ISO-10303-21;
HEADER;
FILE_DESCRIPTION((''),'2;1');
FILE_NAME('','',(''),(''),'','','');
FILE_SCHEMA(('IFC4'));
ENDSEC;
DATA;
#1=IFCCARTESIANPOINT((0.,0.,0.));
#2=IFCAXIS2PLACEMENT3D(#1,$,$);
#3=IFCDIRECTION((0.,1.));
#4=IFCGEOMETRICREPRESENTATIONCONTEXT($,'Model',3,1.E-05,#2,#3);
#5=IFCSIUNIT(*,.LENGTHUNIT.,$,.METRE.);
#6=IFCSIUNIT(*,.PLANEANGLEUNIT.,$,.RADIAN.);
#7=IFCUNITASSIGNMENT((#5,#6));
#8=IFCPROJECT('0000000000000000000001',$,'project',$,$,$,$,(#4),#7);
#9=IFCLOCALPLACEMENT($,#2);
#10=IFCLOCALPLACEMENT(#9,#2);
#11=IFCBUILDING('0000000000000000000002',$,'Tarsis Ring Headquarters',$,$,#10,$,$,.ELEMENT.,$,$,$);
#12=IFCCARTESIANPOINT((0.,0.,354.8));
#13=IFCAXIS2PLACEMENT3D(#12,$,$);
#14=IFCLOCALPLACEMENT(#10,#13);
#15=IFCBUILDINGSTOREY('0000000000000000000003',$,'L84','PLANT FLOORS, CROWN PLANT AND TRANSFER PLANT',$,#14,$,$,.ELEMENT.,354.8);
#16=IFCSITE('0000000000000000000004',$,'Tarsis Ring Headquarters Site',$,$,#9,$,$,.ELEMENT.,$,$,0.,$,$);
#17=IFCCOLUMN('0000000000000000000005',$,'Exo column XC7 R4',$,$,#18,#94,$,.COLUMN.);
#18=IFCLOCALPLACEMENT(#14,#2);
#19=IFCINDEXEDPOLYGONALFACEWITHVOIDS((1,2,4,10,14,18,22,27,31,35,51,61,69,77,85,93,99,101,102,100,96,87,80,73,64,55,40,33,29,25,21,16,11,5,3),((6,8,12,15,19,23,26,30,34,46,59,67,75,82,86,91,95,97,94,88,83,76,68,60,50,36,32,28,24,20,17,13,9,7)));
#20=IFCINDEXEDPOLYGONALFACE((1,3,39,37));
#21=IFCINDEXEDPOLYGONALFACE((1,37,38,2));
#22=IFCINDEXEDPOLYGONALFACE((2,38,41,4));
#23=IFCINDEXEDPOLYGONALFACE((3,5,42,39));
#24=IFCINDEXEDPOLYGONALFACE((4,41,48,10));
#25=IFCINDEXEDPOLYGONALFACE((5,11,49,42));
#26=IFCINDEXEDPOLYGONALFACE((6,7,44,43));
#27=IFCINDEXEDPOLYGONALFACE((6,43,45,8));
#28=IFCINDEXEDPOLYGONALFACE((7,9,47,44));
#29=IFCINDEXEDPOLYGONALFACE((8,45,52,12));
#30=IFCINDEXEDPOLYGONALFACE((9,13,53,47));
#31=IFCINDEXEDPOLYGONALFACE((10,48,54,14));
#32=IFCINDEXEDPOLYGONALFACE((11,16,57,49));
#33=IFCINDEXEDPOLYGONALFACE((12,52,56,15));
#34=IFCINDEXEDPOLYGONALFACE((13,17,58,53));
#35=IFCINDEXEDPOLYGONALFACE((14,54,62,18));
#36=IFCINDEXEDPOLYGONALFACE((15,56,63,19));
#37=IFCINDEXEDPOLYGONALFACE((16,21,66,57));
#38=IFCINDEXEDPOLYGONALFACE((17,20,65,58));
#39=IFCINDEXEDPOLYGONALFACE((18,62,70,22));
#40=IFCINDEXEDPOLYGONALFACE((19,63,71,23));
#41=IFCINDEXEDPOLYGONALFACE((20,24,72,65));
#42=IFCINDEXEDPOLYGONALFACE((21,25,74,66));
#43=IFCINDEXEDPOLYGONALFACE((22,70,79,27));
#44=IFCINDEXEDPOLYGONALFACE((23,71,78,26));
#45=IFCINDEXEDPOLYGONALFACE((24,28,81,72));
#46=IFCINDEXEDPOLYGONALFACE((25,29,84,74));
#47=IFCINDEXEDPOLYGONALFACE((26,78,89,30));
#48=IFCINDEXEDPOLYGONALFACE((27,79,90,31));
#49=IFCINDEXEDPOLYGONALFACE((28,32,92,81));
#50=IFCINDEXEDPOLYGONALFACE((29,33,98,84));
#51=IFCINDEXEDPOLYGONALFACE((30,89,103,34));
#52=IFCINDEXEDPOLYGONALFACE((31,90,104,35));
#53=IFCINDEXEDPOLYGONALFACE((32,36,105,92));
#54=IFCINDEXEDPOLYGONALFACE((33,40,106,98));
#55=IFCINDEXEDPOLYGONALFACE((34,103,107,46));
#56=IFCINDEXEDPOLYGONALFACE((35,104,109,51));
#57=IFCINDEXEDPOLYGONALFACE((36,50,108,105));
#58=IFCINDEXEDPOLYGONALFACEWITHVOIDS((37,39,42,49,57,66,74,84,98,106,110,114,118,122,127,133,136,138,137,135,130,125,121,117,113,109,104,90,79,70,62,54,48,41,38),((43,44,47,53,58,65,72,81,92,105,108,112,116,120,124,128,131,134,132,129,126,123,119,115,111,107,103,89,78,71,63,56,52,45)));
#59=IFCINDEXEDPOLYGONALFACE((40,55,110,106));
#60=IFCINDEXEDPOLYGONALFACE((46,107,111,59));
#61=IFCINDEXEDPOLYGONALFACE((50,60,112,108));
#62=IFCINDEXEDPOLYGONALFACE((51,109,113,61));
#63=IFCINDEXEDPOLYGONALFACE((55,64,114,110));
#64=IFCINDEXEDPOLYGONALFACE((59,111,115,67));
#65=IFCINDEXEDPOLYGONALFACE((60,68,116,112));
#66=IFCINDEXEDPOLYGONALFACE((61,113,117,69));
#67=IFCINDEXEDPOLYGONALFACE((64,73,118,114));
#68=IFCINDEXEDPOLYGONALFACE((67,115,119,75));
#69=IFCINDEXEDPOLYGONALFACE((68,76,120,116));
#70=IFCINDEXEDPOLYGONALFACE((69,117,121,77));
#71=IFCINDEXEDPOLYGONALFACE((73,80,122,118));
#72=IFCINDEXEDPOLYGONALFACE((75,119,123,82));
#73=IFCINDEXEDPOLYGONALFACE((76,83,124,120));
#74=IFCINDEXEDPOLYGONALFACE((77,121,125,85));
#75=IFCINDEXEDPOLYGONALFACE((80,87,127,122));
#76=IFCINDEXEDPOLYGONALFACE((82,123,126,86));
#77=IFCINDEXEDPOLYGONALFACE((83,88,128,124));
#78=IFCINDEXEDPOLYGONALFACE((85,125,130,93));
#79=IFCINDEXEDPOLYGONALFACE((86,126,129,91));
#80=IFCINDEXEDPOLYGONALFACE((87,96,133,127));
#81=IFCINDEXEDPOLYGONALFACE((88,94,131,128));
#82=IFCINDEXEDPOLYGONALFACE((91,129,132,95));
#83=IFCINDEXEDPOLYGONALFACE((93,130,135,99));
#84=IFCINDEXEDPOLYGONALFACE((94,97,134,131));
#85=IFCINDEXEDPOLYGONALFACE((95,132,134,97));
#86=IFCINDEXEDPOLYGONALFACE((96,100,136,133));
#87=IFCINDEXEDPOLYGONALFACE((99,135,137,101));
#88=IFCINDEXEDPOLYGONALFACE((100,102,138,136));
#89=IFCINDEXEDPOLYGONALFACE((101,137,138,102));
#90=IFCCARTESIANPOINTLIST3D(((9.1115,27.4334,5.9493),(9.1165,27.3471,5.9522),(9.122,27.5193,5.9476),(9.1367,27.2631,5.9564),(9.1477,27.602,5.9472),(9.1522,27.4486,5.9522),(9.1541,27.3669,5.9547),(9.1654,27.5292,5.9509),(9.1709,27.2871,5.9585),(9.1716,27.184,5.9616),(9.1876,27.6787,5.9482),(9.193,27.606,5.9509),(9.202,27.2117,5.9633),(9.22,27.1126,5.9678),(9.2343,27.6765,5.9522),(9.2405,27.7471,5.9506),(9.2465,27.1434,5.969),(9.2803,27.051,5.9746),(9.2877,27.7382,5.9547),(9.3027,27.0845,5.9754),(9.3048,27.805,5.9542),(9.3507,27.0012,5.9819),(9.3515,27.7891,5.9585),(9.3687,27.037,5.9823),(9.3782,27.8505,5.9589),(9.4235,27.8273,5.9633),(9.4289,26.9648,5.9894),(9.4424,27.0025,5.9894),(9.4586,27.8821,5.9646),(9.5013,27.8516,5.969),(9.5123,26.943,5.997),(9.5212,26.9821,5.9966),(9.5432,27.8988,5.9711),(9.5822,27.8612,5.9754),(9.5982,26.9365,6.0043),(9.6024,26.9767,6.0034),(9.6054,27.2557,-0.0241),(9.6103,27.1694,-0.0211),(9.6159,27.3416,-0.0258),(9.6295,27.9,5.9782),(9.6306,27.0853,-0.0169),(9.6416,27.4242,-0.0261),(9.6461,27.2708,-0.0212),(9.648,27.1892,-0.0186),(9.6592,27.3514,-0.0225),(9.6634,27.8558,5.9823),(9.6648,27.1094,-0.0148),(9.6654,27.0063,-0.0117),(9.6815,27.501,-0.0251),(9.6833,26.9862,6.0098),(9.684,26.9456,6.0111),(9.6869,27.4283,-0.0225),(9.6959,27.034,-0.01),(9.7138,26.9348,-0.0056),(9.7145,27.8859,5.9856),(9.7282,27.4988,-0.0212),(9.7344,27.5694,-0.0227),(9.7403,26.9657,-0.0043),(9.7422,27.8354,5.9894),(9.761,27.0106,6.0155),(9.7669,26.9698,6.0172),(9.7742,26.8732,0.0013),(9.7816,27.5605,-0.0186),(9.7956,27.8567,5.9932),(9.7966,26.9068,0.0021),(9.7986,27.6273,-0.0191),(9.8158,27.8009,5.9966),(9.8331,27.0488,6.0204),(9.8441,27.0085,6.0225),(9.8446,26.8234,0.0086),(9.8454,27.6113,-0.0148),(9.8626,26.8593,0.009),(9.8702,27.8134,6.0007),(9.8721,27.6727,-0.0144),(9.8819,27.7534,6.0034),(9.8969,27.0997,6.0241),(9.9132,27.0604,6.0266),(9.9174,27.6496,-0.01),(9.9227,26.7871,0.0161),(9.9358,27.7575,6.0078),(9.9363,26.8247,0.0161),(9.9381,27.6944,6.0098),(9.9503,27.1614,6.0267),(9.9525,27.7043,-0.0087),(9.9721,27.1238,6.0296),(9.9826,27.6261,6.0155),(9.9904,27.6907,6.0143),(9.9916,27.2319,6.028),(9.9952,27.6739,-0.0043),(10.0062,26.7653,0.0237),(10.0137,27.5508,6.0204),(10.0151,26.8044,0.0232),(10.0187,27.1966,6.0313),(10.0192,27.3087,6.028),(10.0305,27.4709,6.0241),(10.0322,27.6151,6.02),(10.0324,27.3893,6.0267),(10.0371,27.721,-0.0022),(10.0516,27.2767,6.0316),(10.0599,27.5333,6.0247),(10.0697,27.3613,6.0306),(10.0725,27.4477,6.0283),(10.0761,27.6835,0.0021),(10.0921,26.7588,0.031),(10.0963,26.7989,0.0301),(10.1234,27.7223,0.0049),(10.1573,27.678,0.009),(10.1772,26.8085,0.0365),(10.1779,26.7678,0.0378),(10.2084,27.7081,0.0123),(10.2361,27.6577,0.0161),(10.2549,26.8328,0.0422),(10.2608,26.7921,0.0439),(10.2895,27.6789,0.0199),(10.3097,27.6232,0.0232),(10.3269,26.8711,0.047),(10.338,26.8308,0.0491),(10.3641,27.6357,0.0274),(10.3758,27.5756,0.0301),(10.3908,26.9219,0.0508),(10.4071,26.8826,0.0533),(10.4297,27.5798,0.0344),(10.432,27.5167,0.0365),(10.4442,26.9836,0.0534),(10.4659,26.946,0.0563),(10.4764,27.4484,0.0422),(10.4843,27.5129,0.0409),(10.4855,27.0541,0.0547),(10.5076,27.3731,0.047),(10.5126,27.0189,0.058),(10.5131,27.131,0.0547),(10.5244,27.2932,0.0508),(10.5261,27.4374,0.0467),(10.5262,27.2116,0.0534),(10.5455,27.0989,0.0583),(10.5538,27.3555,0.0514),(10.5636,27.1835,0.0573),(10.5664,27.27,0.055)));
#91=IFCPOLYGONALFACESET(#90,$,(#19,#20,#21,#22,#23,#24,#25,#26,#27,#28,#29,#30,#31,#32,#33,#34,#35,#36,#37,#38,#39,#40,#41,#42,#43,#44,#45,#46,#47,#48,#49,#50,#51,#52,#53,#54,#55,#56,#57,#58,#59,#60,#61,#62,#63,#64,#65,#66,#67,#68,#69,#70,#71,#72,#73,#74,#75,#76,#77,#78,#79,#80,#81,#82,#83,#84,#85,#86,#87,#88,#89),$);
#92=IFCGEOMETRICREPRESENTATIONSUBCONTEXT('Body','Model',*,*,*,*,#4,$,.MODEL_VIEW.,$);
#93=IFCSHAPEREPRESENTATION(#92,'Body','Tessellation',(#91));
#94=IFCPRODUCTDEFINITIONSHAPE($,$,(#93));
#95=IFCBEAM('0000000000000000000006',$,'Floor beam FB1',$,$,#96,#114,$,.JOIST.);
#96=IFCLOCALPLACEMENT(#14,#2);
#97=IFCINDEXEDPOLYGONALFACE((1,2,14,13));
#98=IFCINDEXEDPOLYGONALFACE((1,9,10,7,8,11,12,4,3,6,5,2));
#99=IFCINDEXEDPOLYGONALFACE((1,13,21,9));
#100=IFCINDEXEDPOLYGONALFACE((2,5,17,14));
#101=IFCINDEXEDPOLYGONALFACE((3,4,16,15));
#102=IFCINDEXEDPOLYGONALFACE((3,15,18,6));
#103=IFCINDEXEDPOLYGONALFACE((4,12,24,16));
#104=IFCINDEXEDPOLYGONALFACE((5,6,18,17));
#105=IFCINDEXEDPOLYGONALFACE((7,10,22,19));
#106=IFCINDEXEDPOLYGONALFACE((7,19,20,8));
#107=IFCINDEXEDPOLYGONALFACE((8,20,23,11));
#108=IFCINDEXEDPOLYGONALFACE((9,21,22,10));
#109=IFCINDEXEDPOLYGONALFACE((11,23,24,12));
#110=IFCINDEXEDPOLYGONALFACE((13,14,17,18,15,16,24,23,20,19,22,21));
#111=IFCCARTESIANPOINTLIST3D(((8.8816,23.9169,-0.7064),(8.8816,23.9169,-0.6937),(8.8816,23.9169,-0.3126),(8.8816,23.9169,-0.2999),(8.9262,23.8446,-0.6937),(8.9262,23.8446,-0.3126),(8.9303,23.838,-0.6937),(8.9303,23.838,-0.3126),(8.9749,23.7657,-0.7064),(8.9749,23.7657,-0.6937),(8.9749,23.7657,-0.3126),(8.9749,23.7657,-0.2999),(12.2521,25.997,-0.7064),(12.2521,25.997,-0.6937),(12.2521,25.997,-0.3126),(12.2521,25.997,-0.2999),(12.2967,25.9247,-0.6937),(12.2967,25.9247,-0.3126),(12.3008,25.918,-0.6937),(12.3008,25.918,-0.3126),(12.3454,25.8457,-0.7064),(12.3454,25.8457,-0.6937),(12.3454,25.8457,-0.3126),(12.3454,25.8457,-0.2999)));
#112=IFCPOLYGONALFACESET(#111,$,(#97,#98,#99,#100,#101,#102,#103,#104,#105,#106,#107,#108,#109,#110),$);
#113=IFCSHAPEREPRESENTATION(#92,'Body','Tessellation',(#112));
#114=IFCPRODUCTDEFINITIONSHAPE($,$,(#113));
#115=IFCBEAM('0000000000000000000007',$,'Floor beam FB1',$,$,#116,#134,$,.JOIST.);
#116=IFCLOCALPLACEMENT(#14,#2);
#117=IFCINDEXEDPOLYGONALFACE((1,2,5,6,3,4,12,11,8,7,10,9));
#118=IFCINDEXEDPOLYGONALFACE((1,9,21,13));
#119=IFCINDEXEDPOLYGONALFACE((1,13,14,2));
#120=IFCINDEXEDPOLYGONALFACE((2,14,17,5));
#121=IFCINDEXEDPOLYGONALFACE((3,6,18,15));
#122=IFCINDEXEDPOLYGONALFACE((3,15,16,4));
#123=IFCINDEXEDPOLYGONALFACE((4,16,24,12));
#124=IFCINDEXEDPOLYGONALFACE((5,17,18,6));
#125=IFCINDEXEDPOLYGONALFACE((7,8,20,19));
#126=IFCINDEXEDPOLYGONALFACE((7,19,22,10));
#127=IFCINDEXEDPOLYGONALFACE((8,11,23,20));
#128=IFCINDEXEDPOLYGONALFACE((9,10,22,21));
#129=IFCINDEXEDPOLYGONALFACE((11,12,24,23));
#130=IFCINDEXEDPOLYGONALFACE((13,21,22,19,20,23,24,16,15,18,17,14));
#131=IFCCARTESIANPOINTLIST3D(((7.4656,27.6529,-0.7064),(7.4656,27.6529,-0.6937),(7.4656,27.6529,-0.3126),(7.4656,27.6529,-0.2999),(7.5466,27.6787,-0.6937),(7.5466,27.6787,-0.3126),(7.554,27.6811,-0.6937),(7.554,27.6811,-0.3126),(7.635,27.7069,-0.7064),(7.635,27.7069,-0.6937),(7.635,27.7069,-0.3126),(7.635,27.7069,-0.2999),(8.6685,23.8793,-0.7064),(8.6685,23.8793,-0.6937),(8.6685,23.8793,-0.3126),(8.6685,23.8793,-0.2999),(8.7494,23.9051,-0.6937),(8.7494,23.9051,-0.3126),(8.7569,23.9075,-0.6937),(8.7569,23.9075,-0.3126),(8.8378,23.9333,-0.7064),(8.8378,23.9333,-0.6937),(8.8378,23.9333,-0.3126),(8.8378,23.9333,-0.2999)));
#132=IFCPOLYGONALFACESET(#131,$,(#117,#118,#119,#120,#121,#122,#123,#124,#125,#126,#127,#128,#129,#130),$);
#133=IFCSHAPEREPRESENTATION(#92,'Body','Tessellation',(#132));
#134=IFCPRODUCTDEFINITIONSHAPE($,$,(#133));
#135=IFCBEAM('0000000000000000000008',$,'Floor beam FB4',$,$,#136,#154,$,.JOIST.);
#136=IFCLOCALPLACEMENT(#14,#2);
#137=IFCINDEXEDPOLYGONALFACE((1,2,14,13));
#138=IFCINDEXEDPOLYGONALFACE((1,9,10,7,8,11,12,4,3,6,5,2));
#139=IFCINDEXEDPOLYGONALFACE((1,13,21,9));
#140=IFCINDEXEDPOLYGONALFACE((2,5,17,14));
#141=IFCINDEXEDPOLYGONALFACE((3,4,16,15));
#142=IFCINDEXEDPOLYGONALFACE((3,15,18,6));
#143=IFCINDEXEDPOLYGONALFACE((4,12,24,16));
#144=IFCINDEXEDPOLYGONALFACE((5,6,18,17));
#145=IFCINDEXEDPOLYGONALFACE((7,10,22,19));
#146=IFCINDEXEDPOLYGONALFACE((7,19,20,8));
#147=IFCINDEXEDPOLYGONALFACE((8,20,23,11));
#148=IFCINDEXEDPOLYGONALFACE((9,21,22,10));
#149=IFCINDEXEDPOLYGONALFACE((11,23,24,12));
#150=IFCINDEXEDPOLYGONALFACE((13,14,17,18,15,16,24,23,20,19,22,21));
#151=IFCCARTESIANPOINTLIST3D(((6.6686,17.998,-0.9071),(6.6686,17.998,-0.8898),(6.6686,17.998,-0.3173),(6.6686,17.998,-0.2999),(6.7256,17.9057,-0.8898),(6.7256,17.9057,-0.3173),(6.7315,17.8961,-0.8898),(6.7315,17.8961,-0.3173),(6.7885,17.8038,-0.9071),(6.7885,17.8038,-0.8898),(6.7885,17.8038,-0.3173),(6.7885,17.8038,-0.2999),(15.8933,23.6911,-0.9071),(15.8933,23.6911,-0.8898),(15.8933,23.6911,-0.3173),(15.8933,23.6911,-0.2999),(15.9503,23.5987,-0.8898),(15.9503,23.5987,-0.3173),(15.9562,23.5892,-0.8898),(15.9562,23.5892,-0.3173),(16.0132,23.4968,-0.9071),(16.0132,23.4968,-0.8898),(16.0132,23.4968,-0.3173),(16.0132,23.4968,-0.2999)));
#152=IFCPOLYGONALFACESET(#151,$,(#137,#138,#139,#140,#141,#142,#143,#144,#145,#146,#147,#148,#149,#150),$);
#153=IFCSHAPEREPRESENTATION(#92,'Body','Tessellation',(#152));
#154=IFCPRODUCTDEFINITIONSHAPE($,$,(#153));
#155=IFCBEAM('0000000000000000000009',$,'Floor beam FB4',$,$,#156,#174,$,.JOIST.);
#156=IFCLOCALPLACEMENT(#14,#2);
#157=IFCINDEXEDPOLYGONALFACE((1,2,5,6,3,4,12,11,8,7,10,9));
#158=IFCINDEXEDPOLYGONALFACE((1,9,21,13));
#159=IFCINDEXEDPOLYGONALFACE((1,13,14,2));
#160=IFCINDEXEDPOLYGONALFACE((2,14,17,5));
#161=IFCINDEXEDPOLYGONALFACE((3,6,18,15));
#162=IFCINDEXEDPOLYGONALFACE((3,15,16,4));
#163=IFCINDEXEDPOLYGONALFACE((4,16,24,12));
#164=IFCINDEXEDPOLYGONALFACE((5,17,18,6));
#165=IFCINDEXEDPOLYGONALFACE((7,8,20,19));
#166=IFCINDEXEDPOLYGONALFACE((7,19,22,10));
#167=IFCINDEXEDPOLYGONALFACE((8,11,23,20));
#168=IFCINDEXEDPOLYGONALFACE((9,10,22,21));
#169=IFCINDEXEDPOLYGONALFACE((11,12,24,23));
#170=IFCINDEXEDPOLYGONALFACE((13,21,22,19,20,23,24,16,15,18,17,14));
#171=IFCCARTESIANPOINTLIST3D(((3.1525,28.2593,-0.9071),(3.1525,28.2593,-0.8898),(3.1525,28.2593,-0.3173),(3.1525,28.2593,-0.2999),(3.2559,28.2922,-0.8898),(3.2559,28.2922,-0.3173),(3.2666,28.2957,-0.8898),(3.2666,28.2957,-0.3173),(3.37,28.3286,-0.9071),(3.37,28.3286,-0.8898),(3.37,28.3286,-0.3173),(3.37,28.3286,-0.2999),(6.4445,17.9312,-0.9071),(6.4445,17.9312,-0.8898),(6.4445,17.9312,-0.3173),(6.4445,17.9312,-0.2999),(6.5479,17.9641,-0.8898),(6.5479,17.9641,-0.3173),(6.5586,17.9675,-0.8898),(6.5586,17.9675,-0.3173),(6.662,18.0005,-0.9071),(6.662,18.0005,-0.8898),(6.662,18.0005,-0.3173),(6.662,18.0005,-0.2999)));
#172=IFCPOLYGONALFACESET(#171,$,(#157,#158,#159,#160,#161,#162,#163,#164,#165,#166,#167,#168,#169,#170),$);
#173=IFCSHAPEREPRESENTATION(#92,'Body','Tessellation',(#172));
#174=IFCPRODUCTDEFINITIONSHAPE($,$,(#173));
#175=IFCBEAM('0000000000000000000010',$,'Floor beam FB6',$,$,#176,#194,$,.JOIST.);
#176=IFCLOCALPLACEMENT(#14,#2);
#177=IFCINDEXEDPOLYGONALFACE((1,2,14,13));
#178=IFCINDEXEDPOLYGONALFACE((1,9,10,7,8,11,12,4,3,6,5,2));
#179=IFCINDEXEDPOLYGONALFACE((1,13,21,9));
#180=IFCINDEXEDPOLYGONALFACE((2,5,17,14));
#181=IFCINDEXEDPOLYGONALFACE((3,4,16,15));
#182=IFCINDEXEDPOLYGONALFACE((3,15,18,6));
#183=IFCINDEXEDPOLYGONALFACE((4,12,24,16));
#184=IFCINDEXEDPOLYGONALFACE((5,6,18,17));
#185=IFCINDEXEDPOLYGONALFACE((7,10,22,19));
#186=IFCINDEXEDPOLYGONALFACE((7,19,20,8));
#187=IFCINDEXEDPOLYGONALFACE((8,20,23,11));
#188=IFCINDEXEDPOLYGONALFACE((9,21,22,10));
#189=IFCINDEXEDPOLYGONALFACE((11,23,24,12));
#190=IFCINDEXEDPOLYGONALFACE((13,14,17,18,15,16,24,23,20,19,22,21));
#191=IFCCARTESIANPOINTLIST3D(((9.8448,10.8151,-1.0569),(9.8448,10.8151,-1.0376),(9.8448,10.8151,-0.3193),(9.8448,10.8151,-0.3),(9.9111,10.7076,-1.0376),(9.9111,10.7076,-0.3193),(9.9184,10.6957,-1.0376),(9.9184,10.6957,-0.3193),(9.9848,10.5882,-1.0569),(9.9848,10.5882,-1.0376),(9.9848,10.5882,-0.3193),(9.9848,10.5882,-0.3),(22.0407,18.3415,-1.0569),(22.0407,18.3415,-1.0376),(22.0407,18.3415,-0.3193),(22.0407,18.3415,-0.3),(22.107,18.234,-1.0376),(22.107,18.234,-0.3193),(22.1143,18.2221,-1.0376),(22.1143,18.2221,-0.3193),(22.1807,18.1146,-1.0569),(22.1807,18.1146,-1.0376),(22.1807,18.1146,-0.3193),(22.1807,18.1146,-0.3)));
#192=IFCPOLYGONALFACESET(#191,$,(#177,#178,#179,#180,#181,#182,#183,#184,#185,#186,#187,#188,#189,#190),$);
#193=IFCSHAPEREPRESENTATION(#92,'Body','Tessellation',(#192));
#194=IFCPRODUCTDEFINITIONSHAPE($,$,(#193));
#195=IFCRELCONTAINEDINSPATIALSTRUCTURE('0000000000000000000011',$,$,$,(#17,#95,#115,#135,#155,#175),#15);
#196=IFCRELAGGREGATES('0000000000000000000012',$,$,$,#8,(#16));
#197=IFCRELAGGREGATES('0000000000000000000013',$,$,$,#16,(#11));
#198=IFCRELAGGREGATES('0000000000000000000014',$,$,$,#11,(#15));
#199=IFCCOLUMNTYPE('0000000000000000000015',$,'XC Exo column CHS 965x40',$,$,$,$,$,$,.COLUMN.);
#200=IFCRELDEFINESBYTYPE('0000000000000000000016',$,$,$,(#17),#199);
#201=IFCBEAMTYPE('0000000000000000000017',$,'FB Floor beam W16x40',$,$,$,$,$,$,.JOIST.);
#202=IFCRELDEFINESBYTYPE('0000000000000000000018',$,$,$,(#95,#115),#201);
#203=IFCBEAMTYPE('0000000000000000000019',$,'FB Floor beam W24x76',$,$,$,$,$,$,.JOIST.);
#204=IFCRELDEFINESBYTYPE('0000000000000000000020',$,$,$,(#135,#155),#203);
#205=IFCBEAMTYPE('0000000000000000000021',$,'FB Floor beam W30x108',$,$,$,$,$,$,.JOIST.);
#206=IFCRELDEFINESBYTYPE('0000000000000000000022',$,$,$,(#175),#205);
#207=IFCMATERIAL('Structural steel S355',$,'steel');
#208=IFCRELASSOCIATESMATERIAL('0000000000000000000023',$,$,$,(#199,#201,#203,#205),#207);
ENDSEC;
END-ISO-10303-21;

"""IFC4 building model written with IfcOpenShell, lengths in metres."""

from ifc_helpers import new_model, si_unit, direction, frame, origin, origin_2d, place, context, subcontext, project, spatial, hollow_circle, i_section, extrude, material, material_profile, profile_set, type_object, element, save


model = new_model("IFC4")

# Units and contexts
model_context = context("Model", 3, precision=1e-05, world=origin(), true_north=direction((0.0, 1.0)))
body_context = subcontext(model_context, "Body", "Model", "MODEL_VIEW")
ifc_project = project(units=[si_unit("LENGTHUNIT", "METRE"), si_unit("PLANEANGLEUNIT", "RADIAN")], contexts=[model_context])

# Site, building, storey
site_placement = place(None, origin())
site = spatial("IfcSite", under=ifc_project, at=site_placement, Name="Tarsis Ring Headquarters Site", CompositionType="ELEMENT", RefElevation=0.0)
building_placement = place(site_placement, origin())
building = spatial("IfcBuilding", under=site, at=building_placement, Name="Tarsis Ring Headquarters", CompositionType="ELEMENT")
storey_placement = place(building_placement, frame((0.0, 0.0, 354.8)))
storey = spatial("IfcBuildingStorey", under=building, at=storey_placement, Name="L84", Description="PLANT FLOORS, CROWN PLANT AND TRANSFER PLANT", CompositionType="ELEMENT", Elevation=354.8)

# Column
ifc_material_1 = material(Name="Structural steel S355", Category="steel")
ifc_material_profile_1 = material_profile(ifc_material_1, hollow_circle(Radius=0.4827, WallThickness=0.04, at=origin_2d()), Name="CHS 965x40")
ifc_profile_set_1 = profile_set([ifc_material_profile_1], Name="Structural steel S355")
column_type = type_object("IfcColumnType", Name="XC Exo column CHS 965x40", PredefinedType="COLUMN", material=ifc_profile_set_1)
column_placement = place(storey_placement, frame((10.0862, 27.2412, 0.0161), z_axis=(-0.082365, 0.02964, 0.996161), x_axis=(-0.338604, -0.940929, 0.0)))
element("IfcColumn", 1, at=column_placement, inside=storey, type_object=column_type, Name="Exo column XC7 R4", PredefinedType="COLUMN", context=body_context, shape_type="SweptSolid", body=[
    extrude(hollow_circle(Radius=0.4827, WallThickness=0.04, at=origin_2d()), origin(), (0.0, 0.0, 1.0), 5.9963),
])

# Beams
ifc_material_profile_2 = material_profile(ifc_material_1, i_section(OverallWidth=0.1777, OverallDepth=0.4065, WebThickness=0.0078, FlangeThickness=0.0127, at=origin_2d()), Name="W16x40")
ifc_profile_set_2 = profile_set([ifc_material_profile_2], Name="Structural steel S355")
beam_type_1 = type_object("IfcBeamType", Name="FB Floor beam W16x40", PredefinedType="JOIST", material=ifc_profile_set_2)
for number, where, z_axis, x_axis, name in (
    (2, (8.9282, 23.8413, -0.5032), (0.850997, 0.52517, 0.0), (-0.52517, 0.850997, 0.0), "Floor beam FB1"),
    (3, (7.5503, 27.6799, -0.5032), (0.3037, -0.952768, 0.0), (0.952768, 0.3037, 0.0), "Floor beam FB1"),
):
    element("IfcBeam", number, at=place(storey_placement, frame(where, z_axis=z_axis, x_axis=x_axis)), inside=storey, type_object=beam_type_1, Name=name, PredefinedType="JOIST", context=body_context, shape_type="SweptSolid", body=[
        extrude(i_section(OverallWidth=0.1777, OverallDepth=0.4065, WebThickness=0.0078, FlangeThickness=0.0127, at=origin_2d()), origin(), (0.0, 0.0, 1.0), 3.9607),
    ])
ifc_material_profile_3 = material_profile(ifc_material_1, i_section(OverallWidth=0.2283, OverallDepth=0.6072, WebThickness=0.0112, FlangeThickness=0.0173, at=origin_2d()), Name="W24x76")
ifc_profile_set_3 = profile_set([ifc_material_profile_3], Name="Structural steel S355")
beam_type_2 = type_object("IfcBeamType", Name="FB Floor beam W24x76", PredefinedType="JOIST", material=ifc_profile_set_3)
for number, where, z_axis, x_axis, name in (
    (4, (6.7285, 17.9009, -0.6035), (0.850987, 0.525186, 0.0), (-0.525186, 0.850987, 0.0), "Floor beam FB4"),
    (5, (3.2612, 28.2939, -0.6035), (0.303687, -0.952772, 0.0), (0.952772, 0.303687, 0.0), "Floor beam FB4"),
):
    element("IfcBeam", number, at=place(storey_placement, frame(where, z_axis=z_axis, x_axis=x_axis)), inside=storey, type_object=beam_type_2, Name=name, PredefinedType="JOIST", context=body_context, shape_type="SweptSolid", body=[
        extrude(i_section(OverallWidth=0.2283, OverallDepth=0.6072, WebThickness=0.0112, FlangeThickness=0.0173, at=origin_2d()), origin(), (0.0, 0.0, 1.0), 10.8401),
    ])
ifc_material_profile_4 = material_profile(ifc_material_1, i_section(OverallWidth=0.2666, OverallDepth=0.7568, WebThickness=0.0139, FlangeThickness=0.0193, at=origin_2d()), Name="W30x108")
ifc_profile_set_4 = profile_set([ifc_material_profile_4], Name="Structural steel S355")
beam_type_3 = type_object("IfcBeamType", Name="FB Floor beam W30x108", PredefinedType="JOIST", material=ifc_profile_set_4)
beam_1_placement = place(storey_placement, frame((9.9148, 10.7017, -0.6785), z_axis=(0.850996, 0.525173, 0.0), x_axis=(-0.525173, 0.850996, 0.0)))
element("IfcBeam", 6, at=beam_1_placement, inside=storey, type_object=beam_type_3, Name="Floor beam FB6", PredefinedType="JOIST", context=body_context, shape_type="SweptSolid", body=[
    extrude(i_section(OverallWidth=0.2666, OverallDepth=0.7568, WebThickness=0.0139, FlangeThickness=0.0193, at=origin_2d()), origin(), (0.0, 0.0, 1.0), 14.3313),
])

save(model, "model.ifc")
